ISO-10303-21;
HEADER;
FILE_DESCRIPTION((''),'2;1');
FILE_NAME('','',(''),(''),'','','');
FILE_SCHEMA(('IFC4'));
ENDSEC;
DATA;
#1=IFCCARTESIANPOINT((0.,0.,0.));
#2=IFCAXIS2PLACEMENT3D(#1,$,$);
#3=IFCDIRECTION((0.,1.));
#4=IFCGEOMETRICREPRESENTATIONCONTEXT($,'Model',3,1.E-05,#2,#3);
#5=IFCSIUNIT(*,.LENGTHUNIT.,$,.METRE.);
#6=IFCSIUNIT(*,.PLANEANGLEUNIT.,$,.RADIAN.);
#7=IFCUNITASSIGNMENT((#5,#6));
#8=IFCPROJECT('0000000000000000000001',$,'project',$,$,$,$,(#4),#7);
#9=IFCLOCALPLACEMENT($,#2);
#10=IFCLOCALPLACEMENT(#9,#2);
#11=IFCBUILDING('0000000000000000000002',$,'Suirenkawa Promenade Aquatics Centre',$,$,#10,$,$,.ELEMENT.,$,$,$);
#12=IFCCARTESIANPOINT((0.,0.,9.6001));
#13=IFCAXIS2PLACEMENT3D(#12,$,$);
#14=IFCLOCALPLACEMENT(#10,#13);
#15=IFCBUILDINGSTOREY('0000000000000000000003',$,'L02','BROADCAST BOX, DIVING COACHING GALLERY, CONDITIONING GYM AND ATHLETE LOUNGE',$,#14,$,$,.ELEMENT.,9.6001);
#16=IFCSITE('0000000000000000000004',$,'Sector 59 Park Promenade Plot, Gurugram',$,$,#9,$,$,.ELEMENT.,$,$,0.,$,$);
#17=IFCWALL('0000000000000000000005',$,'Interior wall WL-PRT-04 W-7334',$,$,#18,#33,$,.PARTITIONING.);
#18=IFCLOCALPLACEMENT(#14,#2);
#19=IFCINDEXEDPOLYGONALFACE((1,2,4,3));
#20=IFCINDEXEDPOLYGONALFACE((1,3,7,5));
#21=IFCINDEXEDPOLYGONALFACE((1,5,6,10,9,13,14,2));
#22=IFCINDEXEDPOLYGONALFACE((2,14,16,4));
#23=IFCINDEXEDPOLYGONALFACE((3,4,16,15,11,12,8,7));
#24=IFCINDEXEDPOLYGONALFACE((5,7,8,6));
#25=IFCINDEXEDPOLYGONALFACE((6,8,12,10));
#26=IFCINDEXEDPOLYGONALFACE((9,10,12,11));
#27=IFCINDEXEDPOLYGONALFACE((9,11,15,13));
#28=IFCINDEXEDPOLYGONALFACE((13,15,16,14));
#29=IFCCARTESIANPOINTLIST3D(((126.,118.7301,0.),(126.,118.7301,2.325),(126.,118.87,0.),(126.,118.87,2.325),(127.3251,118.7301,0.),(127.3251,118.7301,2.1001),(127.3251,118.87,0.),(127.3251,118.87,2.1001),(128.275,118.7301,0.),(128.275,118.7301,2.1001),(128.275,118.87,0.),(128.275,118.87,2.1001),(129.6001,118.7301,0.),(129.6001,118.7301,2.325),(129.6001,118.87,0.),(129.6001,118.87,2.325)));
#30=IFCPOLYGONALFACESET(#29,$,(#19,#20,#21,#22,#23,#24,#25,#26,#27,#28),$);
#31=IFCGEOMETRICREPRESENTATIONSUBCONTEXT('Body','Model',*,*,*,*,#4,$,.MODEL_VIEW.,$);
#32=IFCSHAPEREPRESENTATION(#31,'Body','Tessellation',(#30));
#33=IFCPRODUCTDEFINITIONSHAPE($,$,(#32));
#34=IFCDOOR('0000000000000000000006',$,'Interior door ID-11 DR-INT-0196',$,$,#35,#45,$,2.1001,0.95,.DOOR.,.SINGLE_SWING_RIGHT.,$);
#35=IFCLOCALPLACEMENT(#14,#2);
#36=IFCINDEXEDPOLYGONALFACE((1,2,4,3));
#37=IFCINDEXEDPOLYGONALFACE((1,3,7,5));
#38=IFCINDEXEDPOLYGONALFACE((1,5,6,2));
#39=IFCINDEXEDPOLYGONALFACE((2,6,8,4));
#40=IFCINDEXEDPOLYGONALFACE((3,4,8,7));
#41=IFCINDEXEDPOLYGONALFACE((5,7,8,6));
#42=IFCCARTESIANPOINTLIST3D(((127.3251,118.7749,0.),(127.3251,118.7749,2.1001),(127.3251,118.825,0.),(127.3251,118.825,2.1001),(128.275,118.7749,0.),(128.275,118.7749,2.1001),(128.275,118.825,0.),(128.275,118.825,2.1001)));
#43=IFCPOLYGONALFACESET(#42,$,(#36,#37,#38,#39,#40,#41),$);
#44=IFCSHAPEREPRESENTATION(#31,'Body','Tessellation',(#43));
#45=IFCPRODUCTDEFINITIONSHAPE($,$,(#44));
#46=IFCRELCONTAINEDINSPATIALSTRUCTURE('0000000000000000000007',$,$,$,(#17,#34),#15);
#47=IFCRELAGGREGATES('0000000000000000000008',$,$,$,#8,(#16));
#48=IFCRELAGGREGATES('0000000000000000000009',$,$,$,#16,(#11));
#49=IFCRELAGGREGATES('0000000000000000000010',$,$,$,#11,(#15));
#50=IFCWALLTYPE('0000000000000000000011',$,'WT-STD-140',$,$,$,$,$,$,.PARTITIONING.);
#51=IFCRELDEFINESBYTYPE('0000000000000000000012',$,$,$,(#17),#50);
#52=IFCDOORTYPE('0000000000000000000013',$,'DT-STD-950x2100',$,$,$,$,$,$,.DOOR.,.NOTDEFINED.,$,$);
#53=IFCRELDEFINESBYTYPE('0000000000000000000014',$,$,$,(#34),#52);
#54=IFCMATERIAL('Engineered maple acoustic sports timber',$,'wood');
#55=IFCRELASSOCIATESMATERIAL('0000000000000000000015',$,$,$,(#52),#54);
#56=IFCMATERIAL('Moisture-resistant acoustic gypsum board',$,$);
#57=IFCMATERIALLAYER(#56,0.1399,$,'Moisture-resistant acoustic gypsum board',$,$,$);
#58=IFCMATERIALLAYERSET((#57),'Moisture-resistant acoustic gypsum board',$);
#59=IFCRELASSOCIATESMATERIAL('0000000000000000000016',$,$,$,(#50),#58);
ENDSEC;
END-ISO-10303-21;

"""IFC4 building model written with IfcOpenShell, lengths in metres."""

from ifc_helpers import new_model, si_unit, direction, frame, frame_2d, origin, place, context, subcontext, project, spatial, rectangle, extrude, material, layer, layer_set, type_object, element, fill, save


model = new_model("IFC4")

# Units and contexts
model_context = context("Model", 3, precision=1e-05, world=origin(), true_north=direction((0.0, 1.0)))
body_context = subcontext(model_context, "Body", "Model", "MODEL_VIEW")
ifc_project = project(units=[si_unit("LENGTHUNIT", "METRE"), si_unit("PLANEANGLEUNIT", "RADIAN")], contexts=[model_context])

# Site, building, storey
site_placement = place(None, origin())
site = spatial("IfcSite", under=ifc_project, at=site_placement, Name="Sector 59 Park Promenade Plot, Gurugram", CompositionType="ELEMENT", RefElevation=0.0)
building_placement = place(site_placement, origin())
building = spatial("IfcBuilding", under=site, at=building_placement, Name="Suirenkawa Promenade Aquatics Centre", CompositionType="ELEMENT")
storey_placement = place(building_placement, frame((0.0, 0.0, 9.6001)))
storey = spatial("IfcBuildingStorey", under=building, at=storey_placement, Name="L02", Description="BROADCAST BOX, DIVING COACHING GALLERY, CONDITIONING GYM AND ATHLETE LOUNGE", CompositionType="ELEMENT", Elevation=9.6001)

# Wall, opening, door
ifc_material_1 = material(Name="Moisture-resistant acoustic gypsum board")
ifc_material_2 = material(Name="Engineered maple acoustic sports timber", Category="wood")
door_type_1 = type_object("IfcDoorType", Name="DT-STD-950x2100", OperationType="NOTDEFINED", PredefinedType="DOOR", material=ifc_material_2)
ifc_layer_1 = layer(ifc_material_1, 0.1399, Name="Moisture-resistant acoustic gypsum board")
ifc_layer_set_1 = layer_set([ifc_layer_1], Name="Moisture-resistant acoustic gypsum board")
wall_type_1 = type_object("IfcWallType", Name="WT-STD-140", PredefinedType="PARTITIONING", material=ifc_layer_set_1)
wall_1_placement = place(storey_placement, frame((126.0, 118.8, 0.0), z_axis=(0.0, 0.0, 1.0), x_axis=(1.0, 0.0, 0.0)))
wall_1 = element("IfcWall", 1, at=wall_1_placement, inside=storey, type_object=wall_type_1, Name="Interior wall WL-PRT-04 W-7334", PredefinedType="PARTITIONING", context=body_context, shape_type="SweptSolid", body=[
    extrude(rectangle(XDim=3.6001, YDim=0.1399, at=frame_2d((1.8, 0.0))), origin(), (0.0, 0.0, 1.0), 2.325),
])
opening_1_placement = place(wall_1_placement, frame((1.325, 0.0, 0.0)))
opening_1 = element("IfcOpeningElement", 2, at=opening_1_placement, cuts=wall_1, PredefinedType="OPENING", context=body_context, shape_type="SweptSolid", body=[
    extrude(rectangle(XDim=0.95, YDim=2.1001, at=frame_2d((0.4751, 1.05))), frame((0.0, 0.0798, 0.0), z_axis=(0.0, -1.0, 0.0), x_axis=(1.0, 0.0, 0.0)), (0.0, 0.0, 1.0), 0.1599),
])
door_1_placement = place(opening_1_placement, origin())
door_1 = element("IfcDoor", 3, at=door_1_placement, inside=storey, type_object=door_type_1, Name="Interior door ID-11 DR-INT-0196", OperationType="SINGLE_SWING_RIGHT", OverallHeight=2.1001, OverallWidth=0.95, PredefinedType="DOOR", context=body_context, shape_type="SweptSolid", body=[
    extrude(rectangle(XDim=0.95, YDim=2.1001, at=frame_2d((0.4751, 1.05))), frame((0.0, 0.0249, 0.0), z_axis=(0.0, -1.0, 0.0), x_axis=(1.0, 0.0, 0.0)), (0.0, 0.0, 1.0), 0.05),
])
fill(opening_1, door_1)

save(model, "model.ifc")
